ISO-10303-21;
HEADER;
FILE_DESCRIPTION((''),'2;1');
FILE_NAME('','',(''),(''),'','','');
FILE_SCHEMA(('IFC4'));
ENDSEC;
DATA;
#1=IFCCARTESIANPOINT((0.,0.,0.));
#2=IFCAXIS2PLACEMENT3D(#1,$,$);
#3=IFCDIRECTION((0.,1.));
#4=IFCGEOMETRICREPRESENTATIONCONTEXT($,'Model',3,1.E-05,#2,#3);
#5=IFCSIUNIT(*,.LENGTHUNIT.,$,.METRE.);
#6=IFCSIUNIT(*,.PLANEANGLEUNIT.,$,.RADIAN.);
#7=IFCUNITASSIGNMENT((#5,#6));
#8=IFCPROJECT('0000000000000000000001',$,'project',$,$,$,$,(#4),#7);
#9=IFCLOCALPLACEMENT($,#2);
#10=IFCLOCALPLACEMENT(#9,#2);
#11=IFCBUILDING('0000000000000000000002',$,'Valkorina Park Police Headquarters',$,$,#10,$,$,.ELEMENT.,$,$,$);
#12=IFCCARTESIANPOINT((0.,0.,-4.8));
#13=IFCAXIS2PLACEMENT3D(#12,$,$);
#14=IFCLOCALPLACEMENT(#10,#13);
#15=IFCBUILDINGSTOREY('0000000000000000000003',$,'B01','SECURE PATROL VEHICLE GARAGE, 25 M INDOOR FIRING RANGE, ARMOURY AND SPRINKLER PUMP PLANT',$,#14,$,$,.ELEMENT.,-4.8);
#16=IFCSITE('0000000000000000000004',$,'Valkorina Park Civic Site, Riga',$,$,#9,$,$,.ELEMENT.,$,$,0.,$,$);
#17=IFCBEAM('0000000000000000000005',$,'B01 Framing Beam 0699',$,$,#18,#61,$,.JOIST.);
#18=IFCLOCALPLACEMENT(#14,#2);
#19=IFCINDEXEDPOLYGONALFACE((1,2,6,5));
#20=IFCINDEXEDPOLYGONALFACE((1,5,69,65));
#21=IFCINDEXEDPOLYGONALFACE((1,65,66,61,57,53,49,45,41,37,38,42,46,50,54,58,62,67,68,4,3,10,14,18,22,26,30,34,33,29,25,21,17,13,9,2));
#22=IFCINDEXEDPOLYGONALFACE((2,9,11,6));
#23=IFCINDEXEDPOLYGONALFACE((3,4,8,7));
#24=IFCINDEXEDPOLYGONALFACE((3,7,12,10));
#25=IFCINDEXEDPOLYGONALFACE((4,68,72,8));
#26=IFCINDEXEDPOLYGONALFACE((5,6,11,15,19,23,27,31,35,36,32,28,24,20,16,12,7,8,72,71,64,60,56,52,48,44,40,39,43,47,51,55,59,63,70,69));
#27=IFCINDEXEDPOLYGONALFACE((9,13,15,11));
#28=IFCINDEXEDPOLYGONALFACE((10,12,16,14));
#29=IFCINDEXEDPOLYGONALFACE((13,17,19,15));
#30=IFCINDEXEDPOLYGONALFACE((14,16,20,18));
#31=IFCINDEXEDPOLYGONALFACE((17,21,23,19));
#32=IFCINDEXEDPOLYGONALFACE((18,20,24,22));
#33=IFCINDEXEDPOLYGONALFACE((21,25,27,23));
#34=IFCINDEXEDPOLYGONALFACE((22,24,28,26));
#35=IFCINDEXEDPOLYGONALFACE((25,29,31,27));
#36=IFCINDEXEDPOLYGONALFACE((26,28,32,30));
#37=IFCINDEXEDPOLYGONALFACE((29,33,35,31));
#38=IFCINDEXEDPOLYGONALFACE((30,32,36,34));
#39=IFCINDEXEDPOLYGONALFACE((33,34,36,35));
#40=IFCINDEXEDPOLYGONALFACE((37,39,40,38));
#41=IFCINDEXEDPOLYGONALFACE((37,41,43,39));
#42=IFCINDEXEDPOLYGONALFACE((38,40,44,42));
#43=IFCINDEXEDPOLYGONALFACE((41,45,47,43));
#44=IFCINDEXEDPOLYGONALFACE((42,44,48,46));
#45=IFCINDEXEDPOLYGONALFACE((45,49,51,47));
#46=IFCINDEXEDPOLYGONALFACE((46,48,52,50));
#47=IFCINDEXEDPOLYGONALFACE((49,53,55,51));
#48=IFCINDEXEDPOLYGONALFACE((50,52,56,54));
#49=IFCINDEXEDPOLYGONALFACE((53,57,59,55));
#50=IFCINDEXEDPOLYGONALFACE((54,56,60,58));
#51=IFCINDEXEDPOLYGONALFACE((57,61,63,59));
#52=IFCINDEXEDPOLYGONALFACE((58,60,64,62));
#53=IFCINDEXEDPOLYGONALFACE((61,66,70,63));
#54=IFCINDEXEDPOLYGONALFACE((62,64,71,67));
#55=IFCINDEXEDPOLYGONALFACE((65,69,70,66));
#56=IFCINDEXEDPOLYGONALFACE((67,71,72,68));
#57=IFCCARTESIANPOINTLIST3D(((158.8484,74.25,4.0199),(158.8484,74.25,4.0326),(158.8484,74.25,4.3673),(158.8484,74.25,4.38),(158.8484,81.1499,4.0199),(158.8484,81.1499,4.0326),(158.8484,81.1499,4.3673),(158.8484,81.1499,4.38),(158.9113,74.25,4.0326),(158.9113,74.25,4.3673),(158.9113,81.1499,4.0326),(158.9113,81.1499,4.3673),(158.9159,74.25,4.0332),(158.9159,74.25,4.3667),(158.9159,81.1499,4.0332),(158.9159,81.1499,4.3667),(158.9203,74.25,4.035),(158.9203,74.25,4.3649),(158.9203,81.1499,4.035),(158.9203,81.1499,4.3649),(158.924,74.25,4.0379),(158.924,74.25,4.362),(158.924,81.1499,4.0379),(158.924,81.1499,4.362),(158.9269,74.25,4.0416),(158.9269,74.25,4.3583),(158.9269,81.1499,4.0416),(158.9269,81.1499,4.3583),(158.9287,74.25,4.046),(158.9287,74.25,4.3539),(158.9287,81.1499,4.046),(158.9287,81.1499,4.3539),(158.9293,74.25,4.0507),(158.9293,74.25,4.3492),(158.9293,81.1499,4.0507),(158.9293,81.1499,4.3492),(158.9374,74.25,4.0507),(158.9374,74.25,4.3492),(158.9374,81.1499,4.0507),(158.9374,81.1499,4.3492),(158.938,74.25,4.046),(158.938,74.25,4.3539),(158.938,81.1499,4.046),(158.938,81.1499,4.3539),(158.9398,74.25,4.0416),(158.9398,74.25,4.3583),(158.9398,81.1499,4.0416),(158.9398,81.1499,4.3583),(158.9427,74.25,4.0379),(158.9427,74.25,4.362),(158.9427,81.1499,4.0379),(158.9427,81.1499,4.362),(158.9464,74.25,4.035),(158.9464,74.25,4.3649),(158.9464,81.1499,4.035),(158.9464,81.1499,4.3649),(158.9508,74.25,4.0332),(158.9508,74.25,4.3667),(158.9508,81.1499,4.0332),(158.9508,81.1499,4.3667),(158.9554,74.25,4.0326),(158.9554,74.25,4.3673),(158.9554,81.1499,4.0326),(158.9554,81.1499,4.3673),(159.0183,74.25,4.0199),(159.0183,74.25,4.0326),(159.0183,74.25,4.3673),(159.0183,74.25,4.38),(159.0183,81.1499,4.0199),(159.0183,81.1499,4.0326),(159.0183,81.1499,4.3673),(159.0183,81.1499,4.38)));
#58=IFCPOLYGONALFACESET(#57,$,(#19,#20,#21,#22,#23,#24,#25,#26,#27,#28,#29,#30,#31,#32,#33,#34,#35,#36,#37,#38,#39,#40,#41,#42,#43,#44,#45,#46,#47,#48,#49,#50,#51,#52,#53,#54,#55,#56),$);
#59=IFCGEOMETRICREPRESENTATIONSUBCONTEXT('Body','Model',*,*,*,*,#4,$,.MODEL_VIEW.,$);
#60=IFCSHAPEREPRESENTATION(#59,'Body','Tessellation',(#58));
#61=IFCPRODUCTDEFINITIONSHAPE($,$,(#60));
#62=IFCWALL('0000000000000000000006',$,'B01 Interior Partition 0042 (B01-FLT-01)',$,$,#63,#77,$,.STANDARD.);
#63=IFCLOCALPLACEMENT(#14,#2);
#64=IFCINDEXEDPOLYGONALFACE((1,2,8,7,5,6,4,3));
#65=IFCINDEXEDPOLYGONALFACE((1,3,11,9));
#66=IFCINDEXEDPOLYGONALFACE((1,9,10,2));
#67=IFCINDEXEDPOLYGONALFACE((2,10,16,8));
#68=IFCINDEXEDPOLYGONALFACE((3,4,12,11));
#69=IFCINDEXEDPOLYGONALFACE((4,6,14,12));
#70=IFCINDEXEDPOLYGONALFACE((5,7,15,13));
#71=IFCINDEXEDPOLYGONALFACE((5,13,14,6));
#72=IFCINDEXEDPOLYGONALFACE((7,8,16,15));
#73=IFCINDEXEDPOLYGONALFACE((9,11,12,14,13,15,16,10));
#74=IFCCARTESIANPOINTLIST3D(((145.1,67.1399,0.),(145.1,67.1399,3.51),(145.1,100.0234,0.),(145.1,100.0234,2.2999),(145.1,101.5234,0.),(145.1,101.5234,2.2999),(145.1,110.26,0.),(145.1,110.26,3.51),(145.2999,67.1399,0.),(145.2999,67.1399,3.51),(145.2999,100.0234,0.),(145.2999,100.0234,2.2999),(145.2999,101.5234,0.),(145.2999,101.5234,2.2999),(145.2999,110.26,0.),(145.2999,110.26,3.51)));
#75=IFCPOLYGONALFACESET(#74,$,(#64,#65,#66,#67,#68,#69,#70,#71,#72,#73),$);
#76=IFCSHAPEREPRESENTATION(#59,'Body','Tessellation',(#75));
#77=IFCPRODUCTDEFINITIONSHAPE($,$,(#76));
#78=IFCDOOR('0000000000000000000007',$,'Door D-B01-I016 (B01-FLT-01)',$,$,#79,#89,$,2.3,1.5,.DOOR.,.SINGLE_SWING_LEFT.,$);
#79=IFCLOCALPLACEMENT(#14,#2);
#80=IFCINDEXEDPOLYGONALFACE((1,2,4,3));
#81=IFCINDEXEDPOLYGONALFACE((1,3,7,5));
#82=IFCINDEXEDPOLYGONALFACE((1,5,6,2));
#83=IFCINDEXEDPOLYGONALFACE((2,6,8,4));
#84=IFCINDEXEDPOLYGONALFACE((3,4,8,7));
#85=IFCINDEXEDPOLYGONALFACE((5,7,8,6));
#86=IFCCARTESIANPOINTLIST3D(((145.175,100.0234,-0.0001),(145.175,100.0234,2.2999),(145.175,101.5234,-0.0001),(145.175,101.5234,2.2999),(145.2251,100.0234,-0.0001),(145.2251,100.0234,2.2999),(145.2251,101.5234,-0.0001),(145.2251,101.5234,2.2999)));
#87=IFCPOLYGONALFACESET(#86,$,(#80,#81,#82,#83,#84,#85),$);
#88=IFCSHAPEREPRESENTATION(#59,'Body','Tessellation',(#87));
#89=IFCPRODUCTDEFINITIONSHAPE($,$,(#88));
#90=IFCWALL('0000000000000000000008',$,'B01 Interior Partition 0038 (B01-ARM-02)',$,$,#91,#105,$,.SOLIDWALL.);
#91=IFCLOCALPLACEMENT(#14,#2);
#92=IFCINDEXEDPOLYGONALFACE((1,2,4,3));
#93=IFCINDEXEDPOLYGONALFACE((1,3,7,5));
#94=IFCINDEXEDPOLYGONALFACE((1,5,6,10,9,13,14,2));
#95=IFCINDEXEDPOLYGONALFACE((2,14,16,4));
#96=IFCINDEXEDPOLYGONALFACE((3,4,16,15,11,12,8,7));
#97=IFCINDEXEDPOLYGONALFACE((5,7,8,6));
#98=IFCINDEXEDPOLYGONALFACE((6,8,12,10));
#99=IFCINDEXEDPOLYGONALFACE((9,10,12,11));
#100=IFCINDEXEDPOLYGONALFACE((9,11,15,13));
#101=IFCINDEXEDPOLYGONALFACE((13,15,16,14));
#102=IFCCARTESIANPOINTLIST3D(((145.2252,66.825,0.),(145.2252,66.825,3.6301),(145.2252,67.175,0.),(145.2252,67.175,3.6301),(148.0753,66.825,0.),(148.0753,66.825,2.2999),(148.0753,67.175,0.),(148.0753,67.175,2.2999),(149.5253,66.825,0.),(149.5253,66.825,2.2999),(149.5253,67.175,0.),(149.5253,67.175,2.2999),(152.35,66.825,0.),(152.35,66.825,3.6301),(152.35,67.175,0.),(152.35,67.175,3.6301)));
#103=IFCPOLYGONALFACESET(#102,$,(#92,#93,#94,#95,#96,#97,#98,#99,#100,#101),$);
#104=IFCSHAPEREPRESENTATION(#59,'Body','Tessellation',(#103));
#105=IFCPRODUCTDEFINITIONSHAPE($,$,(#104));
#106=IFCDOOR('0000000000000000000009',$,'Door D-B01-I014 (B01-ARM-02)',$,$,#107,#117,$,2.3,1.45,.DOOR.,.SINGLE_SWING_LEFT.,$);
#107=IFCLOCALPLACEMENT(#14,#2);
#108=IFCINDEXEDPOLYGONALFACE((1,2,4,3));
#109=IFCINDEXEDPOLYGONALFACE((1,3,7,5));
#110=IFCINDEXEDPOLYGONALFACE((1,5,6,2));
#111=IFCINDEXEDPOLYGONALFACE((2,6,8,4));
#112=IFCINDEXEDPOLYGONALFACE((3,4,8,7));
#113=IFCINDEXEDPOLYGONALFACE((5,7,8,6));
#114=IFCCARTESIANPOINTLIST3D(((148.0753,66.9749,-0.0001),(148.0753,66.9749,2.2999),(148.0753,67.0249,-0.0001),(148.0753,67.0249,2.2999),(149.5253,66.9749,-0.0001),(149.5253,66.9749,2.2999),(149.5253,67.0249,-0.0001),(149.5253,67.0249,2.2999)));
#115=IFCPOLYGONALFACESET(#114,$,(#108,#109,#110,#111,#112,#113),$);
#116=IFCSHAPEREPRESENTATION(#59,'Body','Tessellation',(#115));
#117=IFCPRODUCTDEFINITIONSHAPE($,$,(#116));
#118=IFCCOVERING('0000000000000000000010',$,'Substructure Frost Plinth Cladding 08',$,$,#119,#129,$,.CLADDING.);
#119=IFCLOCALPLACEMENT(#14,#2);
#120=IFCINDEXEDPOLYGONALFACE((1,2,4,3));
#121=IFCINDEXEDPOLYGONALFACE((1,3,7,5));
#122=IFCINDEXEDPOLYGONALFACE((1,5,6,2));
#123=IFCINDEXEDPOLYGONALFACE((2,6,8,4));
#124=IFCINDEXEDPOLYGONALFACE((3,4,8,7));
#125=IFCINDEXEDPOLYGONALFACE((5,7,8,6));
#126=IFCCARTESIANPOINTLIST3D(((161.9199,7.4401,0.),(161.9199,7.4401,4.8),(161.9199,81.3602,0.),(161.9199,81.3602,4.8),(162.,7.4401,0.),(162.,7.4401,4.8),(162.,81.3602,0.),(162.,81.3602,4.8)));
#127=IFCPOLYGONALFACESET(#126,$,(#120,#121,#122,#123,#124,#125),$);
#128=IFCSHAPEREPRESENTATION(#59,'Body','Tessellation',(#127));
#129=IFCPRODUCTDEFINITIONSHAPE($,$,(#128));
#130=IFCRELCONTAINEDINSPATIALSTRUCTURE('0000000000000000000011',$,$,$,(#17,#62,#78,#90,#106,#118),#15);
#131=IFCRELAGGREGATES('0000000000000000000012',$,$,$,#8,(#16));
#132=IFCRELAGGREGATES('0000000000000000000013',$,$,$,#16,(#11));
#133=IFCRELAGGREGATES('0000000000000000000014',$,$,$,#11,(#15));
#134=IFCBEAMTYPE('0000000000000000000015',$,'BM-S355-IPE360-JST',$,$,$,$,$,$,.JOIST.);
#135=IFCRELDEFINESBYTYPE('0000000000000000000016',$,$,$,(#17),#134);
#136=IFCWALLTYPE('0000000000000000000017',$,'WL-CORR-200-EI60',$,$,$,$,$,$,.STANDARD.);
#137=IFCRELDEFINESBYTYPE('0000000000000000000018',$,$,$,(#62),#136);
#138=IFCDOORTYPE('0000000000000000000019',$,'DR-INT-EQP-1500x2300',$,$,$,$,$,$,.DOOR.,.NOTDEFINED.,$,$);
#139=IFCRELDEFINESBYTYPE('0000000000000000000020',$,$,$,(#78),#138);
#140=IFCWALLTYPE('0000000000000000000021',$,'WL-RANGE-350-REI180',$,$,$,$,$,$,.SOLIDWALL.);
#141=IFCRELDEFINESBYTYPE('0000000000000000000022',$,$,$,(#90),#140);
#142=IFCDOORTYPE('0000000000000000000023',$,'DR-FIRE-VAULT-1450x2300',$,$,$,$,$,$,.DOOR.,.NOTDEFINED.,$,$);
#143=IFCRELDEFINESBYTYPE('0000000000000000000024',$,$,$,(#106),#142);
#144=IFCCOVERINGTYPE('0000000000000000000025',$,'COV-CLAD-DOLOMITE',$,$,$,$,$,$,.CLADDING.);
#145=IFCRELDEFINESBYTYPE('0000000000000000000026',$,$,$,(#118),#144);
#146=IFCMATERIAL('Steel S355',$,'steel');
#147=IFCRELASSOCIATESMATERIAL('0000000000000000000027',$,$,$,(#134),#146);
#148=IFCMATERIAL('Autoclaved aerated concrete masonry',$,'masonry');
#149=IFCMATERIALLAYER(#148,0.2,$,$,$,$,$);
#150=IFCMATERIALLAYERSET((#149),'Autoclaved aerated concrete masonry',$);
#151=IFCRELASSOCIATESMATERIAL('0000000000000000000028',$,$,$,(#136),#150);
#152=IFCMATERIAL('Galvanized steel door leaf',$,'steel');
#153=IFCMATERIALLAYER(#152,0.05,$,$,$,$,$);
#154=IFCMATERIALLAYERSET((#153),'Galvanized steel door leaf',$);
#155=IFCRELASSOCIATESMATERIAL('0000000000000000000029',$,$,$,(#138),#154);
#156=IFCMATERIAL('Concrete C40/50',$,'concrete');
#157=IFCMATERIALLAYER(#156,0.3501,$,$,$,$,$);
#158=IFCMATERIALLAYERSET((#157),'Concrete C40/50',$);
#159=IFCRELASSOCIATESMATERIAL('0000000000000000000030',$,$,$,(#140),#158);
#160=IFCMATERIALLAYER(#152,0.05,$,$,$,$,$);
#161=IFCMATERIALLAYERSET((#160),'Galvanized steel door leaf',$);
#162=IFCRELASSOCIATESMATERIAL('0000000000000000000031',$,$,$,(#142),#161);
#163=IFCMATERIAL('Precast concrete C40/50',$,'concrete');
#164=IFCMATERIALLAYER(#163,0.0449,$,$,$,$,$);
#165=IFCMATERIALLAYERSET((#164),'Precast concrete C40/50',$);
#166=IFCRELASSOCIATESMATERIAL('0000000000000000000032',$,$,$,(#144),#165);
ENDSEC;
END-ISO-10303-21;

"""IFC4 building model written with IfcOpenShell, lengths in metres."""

from ifc_helpers import new_model, si_unit, direction, frame, frame_2d, origin, origin_2d, place, context, subcontext, project, spatial, rectangle, i_section, extrude, material, layer, layer_set, material_profile, profile_set, type_object, element, fill, save


model = new_model("IFC4")

# Units and contexts
model_context = context("Model", 3, precision=1e-05, world=origin(), true_north=direction((0.0, 1.0)))
body_context = subcontext(model_context, "Body", "Model", "MODEL_VIEW")
ifc_project = project(units=[si_unit("LENGTHUNIT", "METRE"), si_unit("PLANEANGLEUNIT", "RADIAN")], contexts=[model_context])

# Site, building, storey
site_placement = place(None, origin())
site = spatial("IfcSite", under=ifc_project, at=site_placement, Name="Valkorina Park Civic Site, Riga", CompositionType="ELEMENT", RefElevation=0.0)
building_placement = place(site_placement, origin())
building = spatial("IfcBuilding", under=site, at=building_placement, Name="Valkorina Park Police Headquarters", CompositionType="ELEMENT")
storey_placement = place(building_placement, frame((0.0, 0.0, -4.8)))
storey = spatial("IfcBuildingStorey", under=building, at=storey_placement, Name="B01", Description="SECURE PATROL VEHICLE GARAGE, 25 M INDOOR FIRING RANGE, ARMOURY AND SPRINKLER PUMP PLANT", CompositionType="ELEMENT", Elevation=-4.8)

# Shared definitions
ifc_material_1 = material(Name="Concrete C40/50", Category="concrete")

# Beam
ifc_material_2 = material(Name="Steel S355", Category="steel")
ifc_material_profile_1 = material_profile(ifc_material_2, i_section(OverallWidth=0.1699, OverallDepth=0.3601, WebThickness=0.0081, FlangeThickness=0.0127, FilletRadius=0.0181, at=origin_2d()), Name="IPE 360")
ifc_profile_set_1 = profile_set([ifc_material_profile_1], Name="Steel S355")
beam_type_1 = type_object("IfcBeamType", Name="BM-S355-IPE360-JST", PredefinedType="JOIST", material=ifc_profile_set_1)
for number, where, z_axis, x_axis, name in (
    (1, (158.9333, 74.25, 4.2), (0.0, 1.0, 0.0), (-1.0, 0.0, 0.0), "B01 Framing Beam 0699"),
):
    element("IfcBeam", number, at=place(storey_placement, frame(where, z_axis=z_axis, x_axis=x_axis)), inside=storey, type_object=beam_type_1, Name=name, PredefinedType="JOIST", context=body_context, shape_type="SweptSolid", body=[
        extrude(i_section(OverallWidth=0.1699, OverallDepth=0.3601, WebThickness=0.0081, FlangeThickness=0.0127, FilletRadius=0.0181, at=origin_2d()), origin(), (0.0, 0.0, 1.0), 6.8999),
    ])

# Walls, openings, doors
ifc_material_3 = material(Name="Autoclaved aerated concrete masonry", Category="masonry")
ifc_layer_1 = layer(ifc_material_3, 0.2)
ifc_layer_set_1 = layer_set([ifc_layer_1], Name="Autoclaved aerated concrete masonry")
wall_type_1 = type_object("IfcWallType", Name="WL-CORR-200-EI60", PredefinedType="STANDARD", material=ifc_layer_set_1)
wall_1_placement = place(storey_placement, frame((145.2, 67.1399, 0.0), z_axis=(0.0, 0.0, 1.0), x_axis=(0.0, 1.0, 0.0)))
wall_1 = element("IfcWall", 2, at=wall_1_placement, inside=storey, type_object=wall_type_1, Name="B01 Interior Partition 0042 (B01-FLT-01)", PredefinedType="STANDARD", context=body_context, shape_type="SweptSolid", body=[
    extrude(rectangle(XDim=43.1201, YDim=0.2, at=frame_2d((21.5601, 0.0))), origin(), (0.0, 0.0, 1.0), 3.51),
])
opening_1_placement = place(wall_1_placement, frame((32.8835, 0.0, 0.0)))
opening_1 = element("IfcOpeningElement", 3, at=opening_1_placement, cuts=wall_1, PredefinedType="OPENING", context=body_context, shape_type="SweptSolid", body=[
    extrude(rectangle(XDim=1.5, YDim=2.3, at=frame_2d((0.75, 1.1499))), frame((0.0, 0.1099, 0.0), z_axis=(0.0, -1.0, 0.0), x_axis=(1.0, 0.0, 0.0)), (0.0, 0.0, 1.0), 0.22),
])
ifc_material_4 = material(Name="Galvanized steel door leaf", Category="steel")
ifc_layer_2 = layer(ifc_material_4, 0.05)
ifc_layer_set_2 = layer_set([ifc_layer_2], Name="Galvanized steel door leaf")
door_type_1 = type_object("IfcDoorType", Name="DR-INT-EQP-1500x2300", OperationType="NOTDEFINED", PredefinedType="DOOR", material=ifc_layer_set_2)
door_1_placement = place(opening_1_placement, origin())
door_1 = element("IfcDoor", 4, at=door_1_placement, inside=storey, type_object=door_type_1, Name="Door D-B01-I016 (B01-FLT-01)", OperationType="SINGLE_SWING_LEFT", OverallHeight=2.3, OverallWidth=1.5, PredefinedType="DOOR", context=body_context, shape_type="SweptSolid", body=[
    extrude(rectangle(XDim=1.5, YDim=2.3, at=frame_2d((0.75, 1.1499))), frame((0.0, 0.0249, 0.0), z_axis=(0.0, -1.0, 0.0), x_axis=(1.0, 0.0, 0.0)), (0.0, 0.0, 1.0), 0.05),
])
fill(opening_1, door_1)
ifc_layer_3 = layer(ifc_material_1, 0.3501)
ifc_layer_set_3 = layer_set([ifc_layer_3], Name="Concrete C40/50")
wall_type_2 = type_object("IfcWallType", Name="WL-RANGE-350-REI180", PredefinedType="SOLIDWALL", material=ifc_layer_set_3)
wall_2_placement = place(storey_placement, frame((145.2251, 67.0, 0.0), z_axis=(0.0, 0.0, 1.0), x_axis=(1.0, 0.0, 0.0)))
wall_2 = element("IfcWall", 5, at=wall_2_placement, inside=storey, type_object=wall_type_2, Name="B01 Interior Partition 0038 (B01-ARM-02)", PredefinedType="SOLIDWALL", context=body_context, shape_type="SweptSolid", body=[
    extrude(rectangle(XDim=7.1248, YDim=0.3501, at=frame_2d((3.5625, 0.0))), origin(), (0.0, 0.0, 1.0), 3.6301),
])
opening_2_placement = place(wall_2_placement, frame((2.8501, 0.0, 0.0)))
opening_2 = element("IfcOpeningElement", 6, at=opening_2_placement, cuts=wall_2, PredefinedType="OPENING", context=body_context, shape_type="SweptSolid", body=[
    extrude(rectangle(XDim=1.45, YDim=2.3, at=frame_2d((0.7251, 1.1499))), frame((0.0, 0.1851, 0.0), z_axis=(0.0, -1.0, 0.0), x_axis=(1.0, 0.0, 0.0)), (0.0, 0.0, 1.0), 0.3701),
])
ifc_layer_4 = layer(ifc_material_4, 0.05)
ifc_layer_set_4 = layer_set([ifc_layer_4], Name="Galvanized steel door leaf")
door_type_2 = type_object("IfcDoorType", Name="DR-FIRE-VAULT-1450x2300", OperationType="NOTDEFINED", PredefinedType="DOOR", material=ifc_layer_set_4)
door_2_placement = place(opening_2_placement, origin())
door_2 = element("IfcDoor", 7, at=door_2_placement, inside=storey, type_object=door_type_2, Name="Door D-B01-I014 (B01-ARM-02)", OperationType="SINGLE_SWING_LEFT", OverallHeight=2.3, OverallWidth=1.45, PredefinedType="DOOR", context=body_context, shape_type="SweptSolid", body=[
    extrude(rectangle(XDim=1.45, YDim=2.3, at=frame_2d((0.7251, 1.1499))), frame((0.0, 0.0249, 0.0), z_axis=(0.0, -1.0, 0.0), x_axis=(1.0, 0.0, 0.0)), (0.0, 0.0, 1.0), 0.05),
])
fill(opening_2, door_2)

# Covering
ifc_material_5 = material(Name="Precast concrete C40/50", Category="concrete")
ifc_layer_5 = layer(ifc_material_5, 0.0449)
ifc_layer_set_5 = layer_set([ifc_layer_5], Name="Precast concrete C40/50")
covering_type = type_object("IfcCoveringType", Name="COV-CLAD-DOLOMITE", PredefinedType="CLADDING", material=ifc_layer_set_5)
covering_placement = place(storey_placement, frame((161.96, 81.3601, 0.0), z_axis=(0.0, 0.0, 1.0), x_axis=(0.0, -1.0, 0.0)))
element("IfcCovering", 8, at=covering_placement, inside=storey, type_object=covering_type, Name="Substructure Frost Plinth Cladding 08", PredefinedType="CLADDING", context=body_context, shape_type="SweptSolid", body=[
    extrude(rectangle(XDim=73.9202, YDim=0.0801, at=frame_2d((36.96, 0.0))), origin(), (0.0, 0.0, 1.0), 4.8),
])

save(model, "model.ifc")
